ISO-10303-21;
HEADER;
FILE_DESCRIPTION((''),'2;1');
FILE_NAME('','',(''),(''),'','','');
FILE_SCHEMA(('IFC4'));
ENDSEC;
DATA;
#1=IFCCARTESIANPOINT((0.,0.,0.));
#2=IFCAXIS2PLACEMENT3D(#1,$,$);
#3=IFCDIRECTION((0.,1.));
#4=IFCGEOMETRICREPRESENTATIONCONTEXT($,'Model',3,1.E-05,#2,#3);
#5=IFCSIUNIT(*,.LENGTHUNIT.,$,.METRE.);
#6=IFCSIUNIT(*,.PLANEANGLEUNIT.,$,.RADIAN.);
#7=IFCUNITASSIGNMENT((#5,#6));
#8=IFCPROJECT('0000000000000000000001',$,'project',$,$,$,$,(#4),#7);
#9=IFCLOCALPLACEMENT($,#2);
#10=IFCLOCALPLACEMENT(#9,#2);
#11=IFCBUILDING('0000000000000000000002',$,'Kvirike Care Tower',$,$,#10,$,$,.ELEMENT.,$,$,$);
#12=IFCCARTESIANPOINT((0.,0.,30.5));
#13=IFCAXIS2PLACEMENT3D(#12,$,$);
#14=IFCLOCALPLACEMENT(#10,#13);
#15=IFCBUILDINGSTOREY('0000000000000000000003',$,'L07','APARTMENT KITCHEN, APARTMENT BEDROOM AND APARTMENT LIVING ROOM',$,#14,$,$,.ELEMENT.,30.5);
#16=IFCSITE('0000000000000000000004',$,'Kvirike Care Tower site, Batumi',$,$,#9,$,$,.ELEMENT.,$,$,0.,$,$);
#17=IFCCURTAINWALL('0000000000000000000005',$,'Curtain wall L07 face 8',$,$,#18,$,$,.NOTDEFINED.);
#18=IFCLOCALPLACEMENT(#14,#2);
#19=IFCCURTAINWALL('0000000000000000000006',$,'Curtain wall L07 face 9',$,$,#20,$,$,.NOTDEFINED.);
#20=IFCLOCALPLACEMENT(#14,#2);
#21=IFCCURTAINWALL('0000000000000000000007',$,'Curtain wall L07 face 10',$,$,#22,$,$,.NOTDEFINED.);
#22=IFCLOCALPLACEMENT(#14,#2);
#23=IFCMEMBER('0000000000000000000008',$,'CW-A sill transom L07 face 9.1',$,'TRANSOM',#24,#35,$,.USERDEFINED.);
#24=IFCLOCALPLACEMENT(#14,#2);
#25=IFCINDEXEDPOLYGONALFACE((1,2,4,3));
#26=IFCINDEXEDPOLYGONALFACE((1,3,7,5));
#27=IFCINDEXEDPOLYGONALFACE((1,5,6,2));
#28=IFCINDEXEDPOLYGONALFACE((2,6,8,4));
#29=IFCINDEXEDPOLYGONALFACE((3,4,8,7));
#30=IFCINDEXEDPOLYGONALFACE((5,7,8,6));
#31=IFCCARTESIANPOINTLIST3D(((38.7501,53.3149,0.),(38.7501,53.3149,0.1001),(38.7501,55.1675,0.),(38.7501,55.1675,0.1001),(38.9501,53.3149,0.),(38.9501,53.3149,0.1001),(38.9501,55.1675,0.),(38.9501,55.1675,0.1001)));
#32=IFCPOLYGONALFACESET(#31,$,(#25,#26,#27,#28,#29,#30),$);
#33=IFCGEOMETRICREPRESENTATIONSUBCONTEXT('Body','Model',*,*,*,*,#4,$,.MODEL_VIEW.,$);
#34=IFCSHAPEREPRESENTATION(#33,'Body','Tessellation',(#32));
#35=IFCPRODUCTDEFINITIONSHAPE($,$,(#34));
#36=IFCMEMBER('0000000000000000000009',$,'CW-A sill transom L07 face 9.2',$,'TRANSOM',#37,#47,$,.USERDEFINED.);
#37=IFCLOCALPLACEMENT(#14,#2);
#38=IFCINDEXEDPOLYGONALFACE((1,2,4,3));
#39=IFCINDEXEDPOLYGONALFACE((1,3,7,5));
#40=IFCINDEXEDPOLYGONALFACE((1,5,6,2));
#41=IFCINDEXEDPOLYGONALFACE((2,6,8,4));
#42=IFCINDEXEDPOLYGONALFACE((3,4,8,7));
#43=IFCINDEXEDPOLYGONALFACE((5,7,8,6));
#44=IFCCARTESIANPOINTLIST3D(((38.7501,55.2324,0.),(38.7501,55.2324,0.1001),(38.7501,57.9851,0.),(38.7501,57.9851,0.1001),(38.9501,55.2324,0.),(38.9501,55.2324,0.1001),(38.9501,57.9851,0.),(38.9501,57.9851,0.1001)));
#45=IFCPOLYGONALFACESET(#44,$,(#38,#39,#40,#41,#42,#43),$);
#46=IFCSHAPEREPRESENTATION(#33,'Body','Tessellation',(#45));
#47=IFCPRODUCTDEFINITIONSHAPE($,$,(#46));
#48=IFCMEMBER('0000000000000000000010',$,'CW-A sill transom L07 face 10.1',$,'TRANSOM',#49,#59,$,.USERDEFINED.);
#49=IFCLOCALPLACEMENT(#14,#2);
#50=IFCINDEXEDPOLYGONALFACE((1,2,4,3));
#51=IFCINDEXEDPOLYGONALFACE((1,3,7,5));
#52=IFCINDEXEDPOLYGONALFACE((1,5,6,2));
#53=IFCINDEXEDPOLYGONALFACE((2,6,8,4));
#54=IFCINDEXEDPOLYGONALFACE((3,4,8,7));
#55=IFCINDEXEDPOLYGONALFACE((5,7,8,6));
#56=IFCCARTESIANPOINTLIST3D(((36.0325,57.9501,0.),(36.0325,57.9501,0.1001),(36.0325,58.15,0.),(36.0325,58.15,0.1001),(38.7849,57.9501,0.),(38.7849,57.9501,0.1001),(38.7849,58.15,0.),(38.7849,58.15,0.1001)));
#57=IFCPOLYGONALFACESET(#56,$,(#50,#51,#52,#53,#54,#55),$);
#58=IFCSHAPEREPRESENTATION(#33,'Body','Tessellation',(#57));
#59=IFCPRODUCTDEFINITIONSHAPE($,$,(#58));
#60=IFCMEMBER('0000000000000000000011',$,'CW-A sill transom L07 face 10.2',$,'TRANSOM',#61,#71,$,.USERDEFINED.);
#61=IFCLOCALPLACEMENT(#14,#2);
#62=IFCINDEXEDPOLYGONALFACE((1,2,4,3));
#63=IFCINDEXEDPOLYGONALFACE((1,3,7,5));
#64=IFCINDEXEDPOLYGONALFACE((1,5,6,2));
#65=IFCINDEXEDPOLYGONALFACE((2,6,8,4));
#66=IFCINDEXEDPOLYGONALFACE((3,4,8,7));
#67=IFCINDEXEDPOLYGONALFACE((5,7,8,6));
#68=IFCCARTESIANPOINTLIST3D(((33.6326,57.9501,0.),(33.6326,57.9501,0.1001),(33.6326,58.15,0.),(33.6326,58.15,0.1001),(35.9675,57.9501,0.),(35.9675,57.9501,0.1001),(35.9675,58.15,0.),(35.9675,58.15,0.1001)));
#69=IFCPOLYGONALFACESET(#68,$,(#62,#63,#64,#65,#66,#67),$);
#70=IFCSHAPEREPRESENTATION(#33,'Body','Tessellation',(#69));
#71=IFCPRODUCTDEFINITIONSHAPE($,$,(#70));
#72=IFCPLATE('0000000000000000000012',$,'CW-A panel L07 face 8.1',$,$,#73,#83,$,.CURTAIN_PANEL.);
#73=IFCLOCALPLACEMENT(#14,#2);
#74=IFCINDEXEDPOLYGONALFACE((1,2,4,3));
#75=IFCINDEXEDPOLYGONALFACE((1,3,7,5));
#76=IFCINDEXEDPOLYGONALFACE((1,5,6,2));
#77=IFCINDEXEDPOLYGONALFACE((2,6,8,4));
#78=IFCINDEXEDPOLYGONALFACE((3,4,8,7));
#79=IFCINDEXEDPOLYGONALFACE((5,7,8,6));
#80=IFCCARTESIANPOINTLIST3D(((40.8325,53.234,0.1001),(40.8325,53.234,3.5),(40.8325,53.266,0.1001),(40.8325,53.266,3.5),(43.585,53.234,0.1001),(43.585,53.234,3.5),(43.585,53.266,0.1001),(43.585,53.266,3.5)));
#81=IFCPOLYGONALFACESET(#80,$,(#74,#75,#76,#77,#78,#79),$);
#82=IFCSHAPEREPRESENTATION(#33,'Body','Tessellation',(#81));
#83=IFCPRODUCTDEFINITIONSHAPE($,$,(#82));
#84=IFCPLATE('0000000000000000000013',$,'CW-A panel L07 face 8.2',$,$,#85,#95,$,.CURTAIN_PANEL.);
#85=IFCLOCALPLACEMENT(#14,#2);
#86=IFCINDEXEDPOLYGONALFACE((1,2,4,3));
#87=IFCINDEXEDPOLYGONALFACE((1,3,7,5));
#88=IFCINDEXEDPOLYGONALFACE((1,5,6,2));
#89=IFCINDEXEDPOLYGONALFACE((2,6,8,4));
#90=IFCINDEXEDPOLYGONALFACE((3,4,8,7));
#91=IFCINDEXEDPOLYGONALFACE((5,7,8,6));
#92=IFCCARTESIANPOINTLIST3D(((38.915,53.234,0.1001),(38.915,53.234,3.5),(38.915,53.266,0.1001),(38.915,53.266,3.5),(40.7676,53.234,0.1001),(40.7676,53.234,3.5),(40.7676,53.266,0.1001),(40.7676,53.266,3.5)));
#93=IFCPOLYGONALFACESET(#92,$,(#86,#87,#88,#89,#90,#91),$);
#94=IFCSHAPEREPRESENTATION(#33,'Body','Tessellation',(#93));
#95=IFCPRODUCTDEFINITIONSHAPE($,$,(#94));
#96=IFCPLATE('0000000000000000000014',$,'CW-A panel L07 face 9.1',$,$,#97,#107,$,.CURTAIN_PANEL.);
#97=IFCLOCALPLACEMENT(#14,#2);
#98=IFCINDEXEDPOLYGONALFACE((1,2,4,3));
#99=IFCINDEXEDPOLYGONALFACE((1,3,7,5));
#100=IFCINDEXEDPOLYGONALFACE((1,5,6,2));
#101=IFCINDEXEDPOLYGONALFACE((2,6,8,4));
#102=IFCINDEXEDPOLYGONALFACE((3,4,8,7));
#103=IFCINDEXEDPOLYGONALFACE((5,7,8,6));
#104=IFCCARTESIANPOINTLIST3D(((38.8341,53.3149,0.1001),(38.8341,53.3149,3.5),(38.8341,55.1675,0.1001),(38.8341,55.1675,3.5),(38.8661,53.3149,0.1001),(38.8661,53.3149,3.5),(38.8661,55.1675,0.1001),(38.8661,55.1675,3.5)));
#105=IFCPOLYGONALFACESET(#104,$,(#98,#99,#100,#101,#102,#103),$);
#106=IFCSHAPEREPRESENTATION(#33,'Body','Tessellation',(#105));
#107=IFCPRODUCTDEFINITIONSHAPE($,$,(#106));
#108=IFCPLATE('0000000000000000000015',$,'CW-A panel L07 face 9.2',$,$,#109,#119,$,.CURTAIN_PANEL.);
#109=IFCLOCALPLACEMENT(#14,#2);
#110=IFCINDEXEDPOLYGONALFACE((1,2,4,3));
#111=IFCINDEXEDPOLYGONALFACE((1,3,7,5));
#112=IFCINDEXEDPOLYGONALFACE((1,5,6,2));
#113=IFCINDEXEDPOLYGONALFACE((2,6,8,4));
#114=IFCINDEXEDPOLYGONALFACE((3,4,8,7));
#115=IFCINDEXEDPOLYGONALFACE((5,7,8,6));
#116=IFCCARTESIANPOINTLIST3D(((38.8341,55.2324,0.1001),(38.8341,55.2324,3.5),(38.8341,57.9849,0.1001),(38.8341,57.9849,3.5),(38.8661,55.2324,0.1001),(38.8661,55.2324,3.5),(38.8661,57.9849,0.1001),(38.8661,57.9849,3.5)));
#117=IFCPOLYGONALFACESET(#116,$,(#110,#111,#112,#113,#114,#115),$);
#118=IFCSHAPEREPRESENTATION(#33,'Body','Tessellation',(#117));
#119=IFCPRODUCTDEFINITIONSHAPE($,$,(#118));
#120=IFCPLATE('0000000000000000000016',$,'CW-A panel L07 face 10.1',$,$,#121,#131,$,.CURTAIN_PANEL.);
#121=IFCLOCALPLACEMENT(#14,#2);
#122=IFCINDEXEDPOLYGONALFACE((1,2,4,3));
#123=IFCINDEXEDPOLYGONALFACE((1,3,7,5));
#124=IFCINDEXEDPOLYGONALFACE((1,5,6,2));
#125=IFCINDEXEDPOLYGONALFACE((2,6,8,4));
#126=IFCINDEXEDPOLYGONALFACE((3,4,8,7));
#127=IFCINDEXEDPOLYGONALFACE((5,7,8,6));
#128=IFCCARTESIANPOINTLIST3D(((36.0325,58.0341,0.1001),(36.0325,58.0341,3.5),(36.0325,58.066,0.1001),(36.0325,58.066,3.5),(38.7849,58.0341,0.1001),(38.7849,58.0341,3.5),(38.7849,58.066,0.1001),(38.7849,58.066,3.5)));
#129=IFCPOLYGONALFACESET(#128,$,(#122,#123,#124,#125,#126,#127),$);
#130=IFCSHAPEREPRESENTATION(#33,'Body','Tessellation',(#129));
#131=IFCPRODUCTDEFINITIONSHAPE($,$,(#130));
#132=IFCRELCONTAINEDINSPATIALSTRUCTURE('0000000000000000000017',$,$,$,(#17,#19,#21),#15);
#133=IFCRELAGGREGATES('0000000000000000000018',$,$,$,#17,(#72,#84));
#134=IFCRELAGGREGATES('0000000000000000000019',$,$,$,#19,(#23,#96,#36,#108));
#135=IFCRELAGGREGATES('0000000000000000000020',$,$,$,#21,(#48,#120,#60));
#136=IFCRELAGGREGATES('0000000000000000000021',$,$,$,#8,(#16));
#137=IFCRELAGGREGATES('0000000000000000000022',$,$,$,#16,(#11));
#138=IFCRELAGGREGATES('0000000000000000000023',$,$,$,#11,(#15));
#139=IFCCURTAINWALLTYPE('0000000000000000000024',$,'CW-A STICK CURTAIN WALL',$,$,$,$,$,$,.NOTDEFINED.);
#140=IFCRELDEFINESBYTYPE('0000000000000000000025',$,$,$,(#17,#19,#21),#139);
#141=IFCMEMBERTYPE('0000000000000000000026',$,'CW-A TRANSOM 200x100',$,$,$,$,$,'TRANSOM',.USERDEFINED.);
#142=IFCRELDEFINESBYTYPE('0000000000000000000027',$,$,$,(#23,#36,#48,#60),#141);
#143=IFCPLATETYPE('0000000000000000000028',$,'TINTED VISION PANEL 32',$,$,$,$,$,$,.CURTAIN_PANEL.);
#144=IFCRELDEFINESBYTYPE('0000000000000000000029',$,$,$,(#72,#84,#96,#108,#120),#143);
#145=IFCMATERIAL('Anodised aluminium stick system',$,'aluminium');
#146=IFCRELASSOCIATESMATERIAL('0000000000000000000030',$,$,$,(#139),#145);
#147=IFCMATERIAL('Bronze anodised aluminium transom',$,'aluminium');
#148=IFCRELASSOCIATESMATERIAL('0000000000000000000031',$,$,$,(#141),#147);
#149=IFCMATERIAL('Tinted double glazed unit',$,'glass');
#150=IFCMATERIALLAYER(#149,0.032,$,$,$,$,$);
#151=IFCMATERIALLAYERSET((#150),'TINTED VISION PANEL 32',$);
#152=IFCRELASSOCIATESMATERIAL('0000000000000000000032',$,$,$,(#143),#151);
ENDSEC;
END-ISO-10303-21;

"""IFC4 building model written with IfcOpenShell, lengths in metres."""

from ifc_helpers import new_model, si_unit, direction, frame, origin, origin_2d, place, context, subcontext, project, spatial, rectangle, extrude, material, layer, layer_set, material_profile, profile_set, type_object, element, aggregate, save


model = new_model("IFC4")

# Units and contexts
model_context = context("Model", 3, precision=1e-05, world=origin(), true_north=direction((0.0, 1.0)))
body_context = subcontext(model_context, "Body", "Model", "MODEL_VIEW")
ifc_project = project(units=[si_unit("LENGTHUNIT", "METRE"), si_unit("PLANEANGLEUNIT", "RADIAN")], contexts=[model_context])

# Site, building, storey
site_placement = place(None, origin())
site = spatial("IfcSite", under=ifc_project, at=site_placement, Name="Kvirike Care Tower site, Batumi", CompositionType="ELEMENT", RefElevation=0.0)
building_placement = place(site_placement, origin())
building = spatial("IfcBuilding", under=site, at=building_placement, Name="Kvirike Care Tower", CompositionType="ELEMENT")
storey_placement = place(building_placement, frame((0.0, 0.0, 30.5)))
storey = spatial("IfcBuildingStorey", under=building, at=storey_placement, Name="L07", Description="APARTMENT KITCHEN, APARTMENT BEDROOM AND APARTMENT LIVING ROOM", CompositionType="ELEMENT", Elevation=30.5)

# Curtain walls
ifc_material_1 = material(Name="Anodised aluminium stick system", Category="aluminium")
curtain_wall_type = type_object("IfcCurtainWallType", Name="CW-A STICK CURTAIN WALL", PredefinedType="NOTDEFINED", material=ifc_material_1)
curtain_wall_1_placement = place(storey_placement, origin())
curtain_wall_1 = element("IfcCurtainWall", 1, at=curtain_wall_1_placement, inside=storey, type_object=curtain_wall_type, Name="Curtain wall L07 face 8", PredefinedType="NOTDEFINED")
curtain_wall_2_placement = place(storey_placement, origin())
curtain_wall_2 = element("IfcCurtainWall", 2, at=curtain_wall_2_placement, inside=storey, type_object=curtain_wall_type, Name="Curtain wall L07 face 9", PredefinedType="NOTDEFINED")

# Curtain wall
curtain_wall_3_placement = place(storey_placement, origin())
curtain_wall_3 = element("IfcCurtainWall", 3, at=curtain_wall_3_placement, inside=storey, type_object=curtain_wall_type, Name="Curtain wall L07 face 10", PredefinedType="NOTDEFINED")

# Members
ifc_material_2 = material(Name="Bronze anodised aluminium transom", Category="aluminium")
ifc_material_profile_1 = material_profile(ifc_material_2, rectangle(XDim=0.2, YDim=0.1001, at=origin_2d()), Name="CW-A TRANSOM 200x100")
ifc_profile_set_1 = profile_set([ifc_material_profile_1], Name="Bronze anodised aluminium transom")
member_type_1 = type_object("IfcMemberType", Name="CW-A TRANSOM 200x100", ElementType="TRANSOM", PredefinedType="USERDEFINED", material=ifc_profile_set_1)
member_1_placement = place(storey_placement, frame((38.8501, 53.3149, 0.05), z_axis=(0.0, 1.0, 0.0), x_axis=(-1.0, 0.0, 0.0)))
member_1 = element("IfcMember", 4, at=member_1_placement, type_object=member_type_1, Name="CW-A sill transom L07 face 9.1", ObjectType="TRANSOM", PredefinedType="USERDEFINED", context=body_context, shape_type="SweptSolid", body=[
    extrude(rectangle(XDim=0.2, YDim=0.1001, at=origin_2d()), origin(), (0.0, 0.0, 1.0), 1.8525),
])
member_2_placement = place(storey_placement, frame((38.8501, 55.2324, 0.05), z_axis=(0.0, 1.0, 0.0), x_axis=(-1.0, 0.0, 0.0)))
member_2 = element("IfcMember", 5, at=member_2_placement, type_object=member_type_1, Name="CW-A sill transom L07 face 9.2", ObjectType="TRANSOM", PredefinedType="USERDEFINED", context=body_context, shape_type="SweptSolid", body=[
    extrude(rectangle(XDim=0.2, YDim=0.1001, at=origin_2d()), origin(), (0.0, 0.0, 1.0), 2.7527),
])
member_3_placement = place(storey_placement, frame((38.7849, 58.05, 0.05), z_axis=(-1.0, 0.0, 0.0), x_axis=(0.0, -1.0, 0.0)))
member_3 = element("IfcMember", 6, at=member_3_placement, type_object=member_type_1, Name="CW-A sill transom L07 face 10.1", ObjectType="TRANSOM", PredefinedType="USERDEFINED", context=body_context, shape_type="SweptSolid", body=[
    extrude(rectangle(XDim=0.2, YDim=0.1001, at=origin_2d()), origin(), (0.0, 0.0, 1.0), 2.7524),
])
member_4_placement = place(storey_placement, frame((35.9675, 58.05, 0.05), z_axis=(-1.0, 0.0, 0.0), x_axis=(0.0, -1.0, 0.0)))
member_4 = element("IfcMember", 7, at=member_4_placement, type_object=member_type_1, Name="CW-A sill transom L07 face 10.2", ObjectType="TRANSOM", PredefinedType="USERDEFINED", context=body_context, shape_type="SweptSolid", body=[
    extrude(rectangle(XDim=0.2, YDim=0.1001, at=origin_2d()), origin(), (0.0, 0.0, 1.0), 2.335),
])

# Plates
ifc_material_3 = material(Name="Tinted double glazed unit", Category="glass")
ifc_layer = layer(ifc_material_3, 0.032)
ifc_layer_set = layer_set([ifc_layer], Name="TINTED VISION PANEL 32")
plate_type = type_object("IfcPlateType", Name="TINTED VISION PANEL 32", PredefinedType="CURTAIN_PANEL", material=ifc_layer_set)
plate_1_placement = place(storey_placement, frame((42.2087, 53.25, 0.1001), z_axis=(0.0, 0.0, 1.0), x_axis=(-1.0, 0.0, 0.0)))
plate_1 = element("IfcPlate", 8, at=plate_1_placement, type_object=plate_type, Name="CW-A panel L07 face 8.1", PredefinedType="CURTAIN_PANEL", context=body_context, shape_type="SweptSolid", body=[
    extrude(rectangle(XDim=2.7524, YDim=0.032, at=origin_2d()), origin(), (0.0, 0.0, 1.0), 3.3999),
])
plate_2_placement = place(storey_placement, frame((39.8413, 53.25, 0.1001), z_axis=(0.0, 0.0, 1.0), x_axis=(-1.0, 0.0, 0.0)))
plate_2 = element("IfcPlate", 9, at=plate_2_placement, type_object=plate_type, Name="CW-A panel L07 face 8.2", PredefinedType="CURTAIN_PANEL", context=body_context, shape_type="SweptSolid", body=[
    extrude(rectangle(XDim=1.8525, YDim=0.032, at=origin_2d()), origin(), (0.0, 0.0, 1.0), 3.3999),
])
aggregate(curtain_wall_1, [plate_1, plate_2])
plate_3_placement = place(storey_placement, frame((38.8501, 54.2412, 0.1001), z_axis=(0.0, 0.0, 1.0), x_axis=(0.0, 1.0, 0.0)))
plate_3 = element("IfcPlate", 10, at=plate_3_placement, type_object=plate_type, Name="CW-A panel L07 face 9.1", PredefinedType="CURTAIN_PANEL", context=body_context, shape_type="SweptSolid", body=[
    extrude(rectangle(XDim=1.8525, YDim=0.032, at=origin_2d()), origin(), (0.0, 0.0, 1.0), 3.3999),
])
plate_4_placement = place(storey_placement, frame((38.8501, 56.6086, 0.1001), z_axis=(0.0, 0.0, 1.0), x_axis=(0.0, 1.0, 0.0)))
plate_4 = element("IfcPlate", 11, at=plate_4_placement, type_object=plate_type, Name="CW-A panel L07 face 9.2", PredefinedType="CURTAIN_PANEL", context=body_context, shape_type="SweptSolid", body=[
    extrude(rectangle(XDim=2.7524, YDim=0.032, at=origin_2d()), origin(), (0.0, 0.0, 1.0), 3.3999),
])
aggregate(curtain_wall_2, [member_1, plate_3, member_2, plate_4])
plate_5_placement = place(storey_placement, frame((37.4087, 58.05, 0.1001), z_axis=(0.0, 0.0, 1.0), x_axis=(-1.0, 0.0, 0.0)))
plate_5 = element("IfcPlate", 12, at=plate_5_placement, type_object=plate_type, Name="CW-A panel L07 face 10.1", PredefinedType="CURTAIN_PANEL", context=body_context, shape_type="SweptSolid", body=[
    extrude(rectangle(XDim=2.7524, YDim=0.032, at=origin_2d()), origin(), (0.0, 0.0, 1.0), 3.3999),
])
aggregate(curtain_wall_3, [member_3, plate_5, member_4])

save(model, "model.ifc")
